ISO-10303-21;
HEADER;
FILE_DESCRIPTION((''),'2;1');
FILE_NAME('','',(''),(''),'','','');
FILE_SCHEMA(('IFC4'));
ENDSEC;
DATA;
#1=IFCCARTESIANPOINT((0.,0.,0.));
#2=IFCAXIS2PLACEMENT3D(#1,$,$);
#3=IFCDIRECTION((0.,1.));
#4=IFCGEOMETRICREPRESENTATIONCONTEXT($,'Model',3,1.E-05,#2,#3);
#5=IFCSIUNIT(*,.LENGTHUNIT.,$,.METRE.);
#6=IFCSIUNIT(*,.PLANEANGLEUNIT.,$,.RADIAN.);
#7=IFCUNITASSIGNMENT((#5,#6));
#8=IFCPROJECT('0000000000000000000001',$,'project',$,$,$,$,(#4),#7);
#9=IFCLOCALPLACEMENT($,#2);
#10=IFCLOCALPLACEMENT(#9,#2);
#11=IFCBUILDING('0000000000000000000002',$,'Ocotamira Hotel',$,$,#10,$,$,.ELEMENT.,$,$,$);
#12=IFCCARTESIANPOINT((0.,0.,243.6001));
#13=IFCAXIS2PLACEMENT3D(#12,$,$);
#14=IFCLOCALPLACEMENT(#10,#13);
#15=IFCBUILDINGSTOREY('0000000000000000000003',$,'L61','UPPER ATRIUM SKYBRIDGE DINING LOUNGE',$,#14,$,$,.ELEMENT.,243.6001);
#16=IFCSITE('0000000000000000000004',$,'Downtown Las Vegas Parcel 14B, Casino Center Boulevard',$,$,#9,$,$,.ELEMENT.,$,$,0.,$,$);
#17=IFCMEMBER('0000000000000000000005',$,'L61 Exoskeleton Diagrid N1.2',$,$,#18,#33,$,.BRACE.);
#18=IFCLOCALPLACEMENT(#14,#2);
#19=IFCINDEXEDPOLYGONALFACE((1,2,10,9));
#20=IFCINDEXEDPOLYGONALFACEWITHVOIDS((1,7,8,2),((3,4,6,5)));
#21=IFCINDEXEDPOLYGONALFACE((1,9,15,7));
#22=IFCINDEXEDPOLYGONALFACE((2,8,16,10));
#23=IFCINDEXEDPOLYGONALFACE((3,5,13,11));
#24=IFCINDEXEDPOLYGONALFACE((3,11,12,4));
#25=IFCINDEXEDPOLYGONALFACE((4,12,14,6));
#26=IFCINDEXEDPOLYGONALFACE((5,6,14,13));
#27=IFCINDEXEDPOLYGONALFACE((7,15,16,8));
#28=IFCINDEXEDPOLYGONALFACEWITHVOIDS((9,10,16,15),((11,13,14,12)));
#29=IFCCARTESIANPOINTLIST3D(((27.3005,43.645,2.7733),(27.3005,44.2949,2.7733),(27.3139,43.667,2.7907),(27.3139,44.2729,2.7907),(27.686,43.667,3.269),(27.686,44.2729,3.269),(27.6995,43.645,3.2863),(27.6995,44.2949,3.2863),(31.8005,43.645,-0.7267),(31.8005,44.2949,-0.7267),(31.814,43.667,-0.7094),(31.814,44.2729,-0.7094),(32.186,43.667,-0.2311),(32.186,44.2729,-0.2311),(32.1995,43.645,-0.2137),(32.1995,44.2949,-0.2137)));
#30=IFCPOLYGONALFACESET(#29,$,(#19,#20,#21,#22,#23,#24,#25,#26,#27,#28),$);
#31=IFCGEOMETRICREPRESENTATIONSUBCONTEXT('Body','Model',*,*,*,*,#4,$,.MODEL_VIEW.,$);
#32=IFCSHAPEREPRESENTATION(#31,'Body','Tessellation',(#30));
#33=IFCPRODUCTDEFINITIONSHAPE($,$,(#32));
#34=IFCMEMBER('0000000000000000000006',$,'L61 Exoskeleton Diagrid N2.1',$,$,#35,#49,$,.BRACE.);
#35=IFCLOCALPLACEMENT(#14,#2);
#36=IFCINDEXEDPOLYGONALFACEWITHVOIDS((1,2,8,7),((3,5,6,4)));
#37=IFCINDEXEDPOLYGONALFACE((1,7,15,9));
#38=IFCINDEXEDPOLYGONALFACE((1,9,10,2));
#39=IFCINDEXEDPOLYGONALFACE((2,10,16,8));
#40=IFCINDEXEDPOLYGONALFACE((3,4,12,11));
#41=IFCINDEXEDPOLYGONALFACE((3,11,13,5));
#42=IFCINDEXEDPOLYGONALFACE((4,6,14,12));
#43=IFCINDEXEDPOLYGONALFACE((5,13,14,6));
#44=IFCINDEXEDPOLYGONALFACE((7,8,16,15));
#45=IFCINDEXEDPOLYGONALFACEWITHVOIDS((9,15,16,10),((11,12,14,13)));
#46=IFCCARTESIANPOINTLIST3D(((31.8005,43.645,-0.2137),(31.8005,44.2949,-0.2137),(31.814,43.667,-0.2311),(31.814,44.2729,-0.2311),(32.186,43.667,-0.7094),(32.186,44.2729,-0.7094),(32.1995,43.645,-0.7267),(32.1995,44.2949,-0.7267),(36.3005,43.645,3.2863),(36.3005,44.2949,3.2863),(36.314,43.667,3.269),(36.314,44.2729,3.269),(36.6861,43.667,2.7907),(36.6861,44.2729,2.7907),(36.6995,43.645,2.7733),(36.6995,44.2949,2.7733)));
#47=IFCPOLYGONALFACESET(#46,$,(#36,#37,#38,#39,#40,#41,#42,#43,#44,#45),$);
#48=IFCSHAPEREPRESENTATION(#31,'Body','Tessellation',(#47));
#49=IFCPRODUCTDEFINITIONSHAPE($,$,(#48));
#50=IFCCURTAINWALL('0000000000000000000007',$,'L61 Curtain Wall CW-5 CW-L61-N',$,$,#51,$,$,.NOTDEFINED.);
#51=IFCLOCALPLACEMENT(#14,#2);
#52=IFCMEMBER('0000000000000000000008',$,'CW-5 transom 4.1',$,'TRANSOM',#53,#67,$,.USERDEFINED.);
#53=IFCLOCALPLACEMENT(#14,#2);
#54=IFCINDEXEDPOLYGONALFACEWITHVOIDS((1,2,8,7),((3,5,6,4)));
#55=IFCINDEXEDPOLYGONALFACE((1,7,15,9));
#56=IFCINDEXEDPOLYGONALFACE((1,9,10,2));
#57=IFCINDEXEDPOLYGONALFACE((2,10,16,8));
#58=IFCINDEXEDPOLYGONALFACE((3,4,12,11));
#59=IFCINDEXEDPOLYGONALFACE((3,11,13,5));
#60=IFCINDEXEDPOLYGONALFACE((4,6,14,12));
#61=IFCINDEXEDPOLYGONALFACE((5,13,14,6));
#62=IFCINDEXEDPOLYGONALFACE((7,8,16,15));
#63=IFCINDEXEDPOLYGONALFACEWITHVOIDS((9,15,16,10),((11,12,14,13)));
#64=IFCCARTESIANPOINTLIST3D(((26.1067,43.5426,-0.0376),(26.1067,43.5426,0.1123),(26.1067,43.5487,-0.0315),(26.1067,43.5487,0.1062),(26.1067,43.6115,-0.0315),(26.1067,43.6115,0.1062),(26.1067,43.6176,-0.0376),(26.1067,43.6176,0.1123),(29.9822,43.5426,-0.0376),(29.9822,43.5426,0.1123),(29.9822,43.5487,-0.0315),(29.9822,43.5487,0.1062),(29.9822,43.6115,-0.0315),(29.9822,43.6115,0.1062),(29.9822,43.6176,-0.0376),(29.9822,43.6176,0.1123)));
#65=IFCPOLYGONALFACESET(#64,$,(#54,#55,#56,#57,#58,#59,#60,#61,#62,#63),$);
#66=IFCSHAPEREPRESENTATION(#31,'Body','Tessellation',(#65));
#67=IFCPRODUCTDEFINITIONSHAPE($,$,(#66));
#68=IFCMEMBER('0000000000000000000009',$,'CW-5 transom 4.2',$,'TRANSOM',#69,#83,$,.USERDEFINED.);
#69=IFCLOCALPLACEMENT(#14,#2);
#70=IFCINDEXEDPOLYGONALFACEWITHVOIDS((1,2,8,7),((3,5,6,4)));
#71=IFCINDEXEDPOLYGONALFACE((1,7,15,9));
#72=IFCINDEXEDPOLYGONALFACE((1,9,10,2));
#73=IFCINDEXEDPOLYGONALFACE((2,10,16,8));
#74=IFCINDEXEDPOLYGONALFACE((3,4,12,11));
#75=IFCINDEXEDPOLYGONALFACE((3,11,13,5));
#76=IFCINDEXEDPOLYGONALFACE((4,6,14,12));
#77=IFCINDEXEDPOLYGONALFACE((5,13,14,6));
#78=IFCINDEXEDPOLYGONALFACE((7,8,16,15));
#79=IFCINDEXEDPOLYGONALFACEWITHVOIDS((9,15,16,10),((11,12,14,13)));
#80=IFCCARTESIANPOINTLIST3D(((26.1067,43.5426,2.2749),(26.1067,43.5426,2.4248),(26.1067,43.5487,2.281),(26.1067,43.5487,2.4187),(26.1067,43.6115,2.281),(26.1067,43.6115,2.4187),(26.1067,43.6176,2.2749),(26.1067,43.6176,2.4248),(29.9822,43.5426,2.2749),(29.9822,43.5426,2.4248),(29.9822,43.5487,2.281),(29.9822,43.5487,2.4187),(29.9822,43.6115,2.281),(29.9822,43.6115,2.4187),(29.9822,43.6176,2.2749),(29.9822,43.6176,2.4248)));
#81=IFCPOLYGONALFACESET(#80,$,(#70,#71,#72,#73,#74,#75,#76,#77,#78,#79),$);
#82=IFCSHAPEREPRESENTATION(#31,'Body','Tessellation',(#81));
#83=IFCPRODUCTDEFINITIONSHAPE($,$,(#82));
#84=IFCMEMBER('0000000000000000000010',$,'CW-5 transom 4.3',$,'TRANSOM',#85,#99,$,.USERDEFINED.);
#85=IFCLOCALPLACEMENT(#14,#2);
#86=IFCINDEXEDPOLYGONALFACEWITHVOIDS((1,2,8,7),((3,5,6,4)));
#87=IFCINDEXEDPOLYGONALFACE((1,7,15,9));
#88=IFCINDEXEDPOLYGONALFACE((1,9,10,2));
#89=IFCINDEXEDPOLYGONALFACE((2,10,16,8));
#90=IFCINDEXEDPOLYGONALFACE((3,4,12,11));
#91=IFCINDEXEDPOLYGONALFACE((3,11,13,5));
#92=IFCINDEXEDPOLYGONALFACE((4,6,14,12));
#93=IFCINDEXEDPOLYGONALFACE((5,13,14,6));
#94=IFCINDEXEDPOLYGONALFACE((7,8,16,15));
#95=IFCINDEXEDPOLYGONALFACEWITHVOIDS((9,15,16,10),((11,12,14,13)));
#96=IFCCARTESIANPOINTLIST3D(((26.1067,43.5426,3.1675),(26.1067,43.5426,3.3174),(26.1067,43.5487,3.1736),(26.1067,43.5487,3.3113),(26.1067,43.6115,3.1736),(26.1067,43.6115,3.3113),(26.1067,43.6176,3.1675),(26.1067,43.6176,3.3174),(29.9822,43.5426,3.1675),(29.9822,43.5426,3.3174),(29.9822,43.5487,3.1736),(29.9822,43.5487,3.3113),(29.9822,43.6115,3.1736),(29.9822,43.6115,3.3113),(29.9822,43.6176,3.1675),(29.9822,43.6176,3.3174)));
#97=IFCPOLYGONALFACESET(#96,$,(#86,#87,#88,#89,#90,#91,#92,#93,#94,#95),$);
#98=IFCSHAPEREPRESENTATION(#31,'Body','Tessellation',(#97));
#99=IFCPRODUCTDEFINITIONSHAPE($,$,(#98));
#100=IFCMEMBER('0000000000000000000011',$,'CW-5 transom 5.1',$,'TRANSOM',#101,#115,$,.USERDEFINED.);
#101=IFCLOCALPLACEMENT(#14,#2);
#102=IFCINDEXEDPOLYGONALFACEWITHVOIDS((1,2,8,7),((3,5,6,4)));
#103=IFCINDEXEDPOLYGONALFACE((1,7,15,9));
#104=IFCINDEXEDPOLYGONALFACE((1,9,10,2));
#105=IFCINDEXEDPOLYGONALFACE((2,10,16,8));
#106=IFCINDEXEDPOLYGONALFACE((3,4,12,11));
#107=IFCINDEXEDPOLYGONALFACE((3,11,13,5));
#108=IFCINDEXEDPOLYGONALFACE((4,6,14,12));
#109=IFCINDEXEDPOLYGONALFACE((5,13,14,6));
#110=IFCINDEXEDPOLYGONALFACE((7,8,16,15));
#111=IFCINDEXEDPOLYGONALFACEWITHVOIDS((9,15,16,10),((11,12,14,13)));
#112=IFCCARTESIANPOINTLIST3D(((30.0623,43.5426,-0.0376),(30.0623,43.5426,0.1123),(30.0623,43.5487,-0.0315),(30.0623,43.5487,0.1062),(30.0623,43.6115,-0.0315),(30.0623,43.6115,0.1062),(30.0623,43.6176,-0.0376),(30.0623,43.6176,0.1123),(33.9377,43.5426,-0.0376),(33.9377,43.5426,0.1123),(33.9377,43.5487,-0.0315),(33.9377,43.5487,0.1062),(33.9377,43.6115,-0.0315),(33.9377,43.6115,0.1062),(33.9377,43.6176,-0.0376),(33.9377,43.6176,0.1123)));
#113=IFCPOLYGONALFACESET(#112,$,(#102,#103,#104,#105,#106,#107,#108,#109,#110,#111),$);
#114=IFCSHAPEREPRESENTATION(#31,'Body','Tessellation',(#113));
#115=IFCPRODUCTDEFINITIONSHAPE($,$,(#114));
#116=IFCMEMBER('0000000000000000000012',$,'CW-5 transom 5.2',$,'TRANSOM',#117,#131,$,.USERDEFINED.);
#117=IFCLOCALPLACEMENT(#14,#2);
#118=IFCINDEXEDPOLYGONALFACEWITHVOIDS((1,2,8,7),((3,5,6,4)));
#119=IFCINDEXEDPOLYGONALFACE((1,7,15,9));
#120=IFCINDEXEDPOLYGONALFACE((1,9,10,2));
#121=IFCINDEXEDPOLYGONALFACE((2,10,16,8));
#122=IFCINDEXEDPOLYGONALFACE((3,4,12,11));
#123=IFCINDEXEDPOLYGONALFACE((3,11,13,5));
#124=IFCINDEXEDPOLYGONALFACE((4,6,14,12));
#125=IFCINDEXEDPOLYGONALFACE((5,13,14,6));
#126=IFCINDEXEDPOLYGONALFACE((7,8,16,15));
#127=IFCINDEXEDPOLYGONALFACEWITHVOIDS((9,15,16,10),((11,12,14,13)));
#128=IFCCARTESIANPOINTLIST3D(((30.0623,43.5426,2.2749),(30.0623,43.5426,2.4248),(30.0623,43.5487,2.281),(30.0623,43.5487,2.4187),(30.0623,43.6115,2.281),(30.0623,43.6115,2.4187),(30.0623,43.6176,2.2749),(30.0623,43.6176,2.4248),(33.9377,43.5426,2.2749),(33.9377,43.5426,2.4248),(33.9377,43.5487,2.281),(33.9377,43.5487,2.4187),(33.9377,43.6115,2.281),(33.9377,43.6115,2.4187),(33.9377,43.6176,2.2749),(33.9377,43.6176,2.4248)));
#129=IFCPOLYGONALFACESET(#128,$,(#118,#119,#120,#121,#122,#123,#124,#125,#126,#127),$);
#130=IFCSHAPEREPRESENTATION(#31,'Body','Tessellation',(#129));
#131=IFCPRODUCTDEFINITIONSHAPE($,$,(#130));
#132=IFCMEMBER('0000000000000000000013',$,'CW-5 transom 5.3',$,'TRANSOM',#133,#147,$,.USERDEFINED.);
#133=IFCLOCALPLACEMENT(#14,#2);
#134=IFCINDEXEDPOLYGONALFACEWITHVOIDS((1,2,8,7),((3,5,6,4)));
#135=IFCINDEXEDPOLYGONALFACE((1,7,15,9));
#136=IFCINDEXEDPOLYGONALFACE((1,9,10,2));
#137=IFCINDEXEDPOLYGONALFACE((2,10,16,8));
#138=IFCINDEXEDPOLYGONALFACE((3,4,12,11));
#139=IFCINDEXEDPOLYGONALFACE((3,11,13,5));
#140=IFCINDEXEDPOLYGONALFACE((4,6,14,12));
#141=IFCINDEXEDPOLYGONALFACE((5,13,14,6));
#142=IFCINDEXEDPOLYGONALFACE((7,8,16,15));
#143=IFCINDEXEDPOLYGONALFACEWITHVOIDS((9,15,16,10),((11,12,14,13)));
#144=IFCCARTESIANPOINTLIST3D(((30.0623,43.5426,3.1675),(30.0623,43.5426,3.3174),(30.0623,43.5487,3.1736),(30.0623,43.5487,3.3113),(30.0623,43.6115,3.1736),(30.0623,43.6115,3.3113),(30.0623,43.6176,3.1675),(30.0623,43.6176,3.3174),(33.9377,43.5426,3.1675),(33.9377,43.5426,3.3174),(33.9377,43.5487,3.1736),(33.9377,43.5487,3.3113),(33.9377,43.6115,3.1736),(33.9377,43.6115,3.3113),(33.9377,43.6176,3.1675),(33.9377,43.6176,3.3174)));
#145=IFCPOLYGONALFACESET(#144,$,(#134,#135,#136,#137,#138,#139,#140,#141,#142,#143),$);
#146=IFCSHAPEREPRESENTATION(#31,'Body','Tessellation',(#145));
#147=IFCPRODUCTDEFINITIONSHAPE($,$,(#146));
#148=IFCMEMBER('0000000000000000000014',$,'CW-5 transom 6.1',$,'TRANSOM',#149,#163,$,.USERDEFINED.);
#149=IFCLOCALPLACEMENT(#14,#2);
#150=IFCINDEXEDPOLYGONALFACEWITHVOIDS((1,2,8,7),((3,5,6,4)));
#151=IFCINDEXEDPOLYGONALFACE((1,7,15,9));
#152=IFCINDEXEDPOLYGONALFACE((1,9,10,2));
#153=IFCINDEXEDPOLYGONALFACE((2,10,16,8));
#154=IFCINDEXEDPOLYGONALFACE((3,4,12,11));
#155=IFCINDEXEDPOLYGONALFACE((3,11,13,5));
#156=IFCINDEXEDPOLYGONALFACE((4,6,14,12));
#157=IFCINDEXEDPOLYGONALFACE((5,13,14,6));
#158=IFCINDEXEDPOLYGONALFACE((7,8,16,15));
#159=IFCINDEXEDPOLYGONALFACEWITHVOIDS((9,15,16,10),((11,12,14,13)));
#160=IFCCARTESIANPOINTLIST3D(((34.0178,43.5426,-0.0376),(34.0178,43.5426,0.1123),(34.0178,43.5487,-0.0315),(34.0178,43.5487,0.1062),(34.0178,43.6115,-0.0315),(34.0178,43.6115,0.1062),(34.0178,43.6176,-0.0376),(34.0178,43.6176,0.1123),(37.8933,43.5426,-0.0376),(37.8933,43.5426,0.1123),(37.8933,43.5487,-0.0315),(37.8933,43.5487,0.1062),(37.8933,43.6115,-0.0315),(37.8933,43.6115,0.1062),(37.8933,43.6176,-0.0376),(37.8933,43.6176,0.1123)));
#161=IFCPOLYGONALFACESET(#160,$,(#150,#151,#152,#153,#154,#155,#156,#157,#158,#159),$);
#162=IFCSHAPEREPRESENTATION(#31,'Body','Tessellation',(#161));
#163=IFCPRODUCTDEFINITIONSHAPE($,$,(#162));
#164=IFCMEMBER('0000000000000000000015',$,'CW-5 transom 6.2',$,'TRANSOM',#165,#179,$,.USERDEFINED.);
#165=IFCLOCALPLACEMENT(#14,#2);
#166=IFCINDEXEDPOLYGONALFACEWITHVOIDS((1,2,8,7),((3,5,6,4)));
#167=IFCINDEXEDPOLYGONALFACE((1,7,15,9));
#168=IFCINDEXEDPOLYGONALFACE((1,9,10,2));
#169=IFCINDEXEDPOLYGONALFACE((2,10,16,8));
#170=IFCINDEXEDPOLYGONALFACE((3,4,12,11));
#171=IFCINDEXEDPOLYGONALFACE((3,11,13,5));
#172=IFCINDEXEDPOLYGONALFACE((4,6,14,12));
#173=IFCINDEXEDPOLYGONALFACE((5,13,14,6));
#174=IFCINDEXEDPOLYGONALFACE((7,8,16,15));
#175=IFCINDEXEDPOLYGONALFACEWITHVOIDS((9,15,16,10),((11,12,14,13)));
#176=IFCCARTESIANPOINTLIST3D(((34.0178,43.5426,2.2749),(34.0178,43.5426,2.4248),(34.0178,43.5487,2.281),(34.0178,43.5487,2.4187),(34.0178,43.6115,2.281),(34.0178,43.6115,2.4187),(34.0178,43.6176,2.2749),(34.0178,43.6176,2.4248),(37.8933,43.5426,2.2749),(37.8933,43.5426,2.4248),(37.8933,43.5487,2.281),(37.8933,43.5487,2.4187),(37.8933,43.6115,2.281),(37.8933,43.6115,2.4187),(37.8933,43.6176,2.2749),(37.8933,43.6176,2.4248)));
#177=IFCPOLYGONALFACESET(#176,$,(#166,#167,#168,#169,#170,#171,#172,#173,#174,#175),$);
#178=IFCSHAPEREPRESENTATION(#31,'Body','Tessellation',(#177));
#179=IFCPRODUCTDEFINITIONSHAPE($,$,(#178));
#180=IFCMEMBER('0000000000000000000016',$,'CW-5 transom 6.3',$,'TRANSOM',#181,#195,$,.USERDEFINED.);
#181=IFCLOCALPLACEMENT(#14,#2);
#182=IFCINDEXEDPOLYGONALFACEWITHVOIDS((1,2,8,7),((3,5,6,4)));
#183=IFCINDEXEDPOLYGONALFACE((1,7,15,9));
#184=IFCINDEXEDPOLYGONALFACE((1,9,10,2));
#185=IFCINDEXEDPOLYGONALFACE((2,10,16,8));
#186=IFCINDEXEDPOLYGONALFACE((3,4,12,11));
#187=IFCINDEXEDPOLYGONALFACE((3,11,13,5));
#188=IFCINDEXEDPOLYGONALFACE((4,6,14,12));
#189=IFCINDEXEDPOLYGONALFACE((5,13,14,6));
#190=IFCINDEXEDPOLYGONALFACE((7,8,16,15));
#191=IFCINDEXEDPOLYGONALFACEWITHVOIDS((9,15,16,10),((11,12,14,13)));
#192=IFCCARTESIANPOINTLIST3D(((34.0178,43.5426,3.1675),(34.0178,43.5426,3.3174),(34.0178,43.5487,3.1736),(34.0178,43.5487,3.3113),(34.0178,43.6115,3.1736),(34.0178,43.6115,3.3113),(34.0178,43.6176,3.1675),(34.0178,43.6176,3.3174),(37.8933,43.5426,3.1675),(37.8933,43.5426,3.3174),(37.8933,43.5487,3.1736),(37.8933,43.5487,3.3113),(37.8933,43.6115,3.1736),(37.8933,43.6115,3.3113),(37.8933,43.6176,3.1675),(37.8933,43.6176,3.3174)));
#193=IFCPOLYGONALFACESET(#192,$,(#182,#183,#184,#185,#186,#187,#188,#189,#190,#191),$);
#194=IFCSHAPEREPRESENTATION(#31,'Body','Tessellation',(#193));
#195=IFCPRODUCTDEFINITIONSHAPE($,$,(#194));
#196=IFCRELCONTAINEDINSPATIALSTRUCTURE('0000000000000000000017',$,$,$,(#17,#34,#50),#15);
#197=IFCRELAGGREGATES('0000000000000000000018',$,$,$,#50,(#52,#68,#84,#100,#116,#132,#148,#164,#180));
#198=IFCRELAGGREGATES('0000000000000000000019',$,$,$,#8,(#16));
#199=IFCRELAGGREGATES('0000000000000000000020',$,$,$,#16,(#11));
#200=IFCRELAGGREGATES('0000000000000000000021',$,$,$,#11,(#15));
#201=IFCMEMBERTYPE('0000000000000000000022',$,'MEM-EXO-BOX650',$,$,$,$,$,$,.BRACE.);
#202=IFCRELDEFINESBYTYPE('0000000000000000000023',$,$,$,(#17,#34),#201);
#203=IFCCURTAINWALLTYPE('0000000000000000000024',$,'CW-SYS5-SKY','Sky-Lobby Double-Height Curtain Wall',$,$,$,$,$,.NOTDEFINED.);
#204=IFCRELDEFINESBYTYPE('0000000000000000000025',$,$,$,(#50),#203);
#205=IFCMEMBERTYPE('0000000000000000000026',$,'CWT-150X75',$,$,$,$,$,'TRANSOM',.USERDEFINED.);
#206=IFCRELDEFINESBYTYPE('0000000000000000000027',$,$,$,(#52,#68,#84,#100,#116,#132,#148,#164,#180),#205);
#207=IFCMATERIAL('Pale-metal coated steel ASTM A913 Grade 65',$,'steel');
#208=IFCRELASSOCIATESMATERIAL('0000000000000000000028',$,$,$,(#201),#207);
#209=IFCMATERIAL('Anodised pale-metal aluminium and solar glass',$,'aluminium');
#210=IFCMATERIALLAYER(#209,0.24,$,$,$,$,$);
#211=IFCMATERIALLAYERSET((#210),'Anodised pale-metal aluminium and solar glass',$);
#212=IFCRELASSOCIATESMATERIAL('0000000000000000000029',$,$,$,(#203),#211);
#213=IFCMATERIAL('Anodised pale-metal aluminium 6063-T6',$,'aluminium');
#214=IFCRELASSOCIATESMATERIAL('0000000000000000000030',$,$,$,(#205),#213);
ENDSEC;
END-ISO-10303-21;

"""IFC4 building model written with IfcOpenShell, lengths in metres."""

from ifc_helpers import new_model, si_unit, direction, frame, origin, origin_2d, place, context, subcontext, project, spatial, hollow_rectangle, extrude, source, transform, mapped, material, layer, layer_set, material_profile, profile_set, type_object, element, aggregate, save


model = new_model("IFC4")

# Units and contexts
model_context = context("Model", 3, precision=1e-05, world=origin(), true_north=direction((0.0, 1.0)))
body_context = subcontext(model_context, "Body", "Model", "MODEL_VIEW")
ifc_project = project(units=[si_unit("LENGTHUNIT", "METRE"), si_unit("PLANEANGLEUNIT", "RADIAN")], contexts=[model_context])

# Site, building, storey
site_placement = place(None, origin())
site = spatial("IfcSite", under=ifc_project, at=site_placement, Name="Downtown Las Vegas Parcel 14B, Casino Center Boulevard", CompositionType="ELEMENT", RefElevation=0.0)
building_placement = place(site_placement, origin())
building = spatial("IfcBuilding", under=site, at=building_placement, Name="Ocotamira Hotel", CompositionType="ELEMENT")
storey_placement = place(building_placement, frame((0.0, 0.0, 243.6001)))
storey = spatial("IfcBuildingStorey", under=building, at=storey_placement, Name="L61", Description="UPPER ATRIUM SKYBRIDGE DINING LOUNGE", CompositionType="ELEMENT", Elevation=243.6001)

# Members
ifc_material_1 = material(Name="Pale-metal coated steel ASTM A913 Grade 65", Category="steel")
ifc_material_profile_1 = material_profile(ifc_material_1, hollow_rectangle(XDim=0.6499, YDim=0.6499, WallThickness=0.022, at=origin_2d()), Name="BOX650X650X22")
ifc_profile_set_1 = profile_set([ifc_material_profile_1], Name="Pale-metal coated steel ASTM A913 Grade 65")
member_type_1 = type_object("IfcMemberType", Name="MEM-EXO-BOX650", PredefinedType="BRACE", material=ifc_profile_set_1)
shared_shape_1 = source(origin(), body_context, "Body", "SweptSolid", [
    extrude(hollow_rectangle(XDim=0.6499, YDim=0.6499, WallThickness=0.022, at=origin_2d()), origin(), (0.0, 0.0, 1.0), 5.7009),
])
for number, where, z_axis, x_axis, name in (
    (1, (32.0, 43.97, -0.4702), (-0.789352, 0.0, 0.613941), (0.0, -1.0, 0.0), "L61 Exoskeleton Diagrid N1.2"),
    (2, (32.0, 43.97, -0.4702), (0.789352, 0.0, 0.613941), (0.0, 1.0, 0.0), "L61 Exoskeleton Diagrid N2.1"),
):
    element("IfcMember", number, at=place(storey_placement, frame(where, z_axis=z_axis, x_axis=x_axis)), inside=storey, type_object=member_type_1, Name=name, PredefinedType="BRACE", context=body_context, shape_type="MappedRepresentation", body=[
        mapped(shared_shape_1, transform((0.0, 0.0, 0.0), scale=1.0)),
    ])

# Curtain wall, members
ifc_material_2 = material(Name="Anodised pale-metal aluminium and solar glass", Category="aluminium")
ifc_layer_1 = layer(ifc_material_2, 0.24)
ifc_layer_set_1 = layer_set([ifc_layer_1], Name="Anodised pale-metal aluminium and solar glass")
curtain_wall_type = type_object("IfcCurtainWallType", Name="CW-SYS5-SKY", Description="Sky-Lobby Double-Height Curtain Wall", PredefinedType="NOTDEFINED", material=ifc_layer_set_1)
curtain_wall_placement = place(storey_placement, origin())
curtain_wall = element("IfcCurtainWall", 3, at=curtain_wall_placement, inside=storey, type_object=curtain_wall_type, Name="L61 Curtain Wall CW-5 CW-L61-N", PredefinedType="NOTDEFINED")
ifc_material_3 = material(Name="Anodised pale-metal aluminium 6063-T6", Category="aluminium")
ifc_material_profile_2 = material_profile(ifc_material_3, hollow_rectangle(XDim=0.075, YDim=0.1499, WallThickness=0.0061, at=origin_2d()), Name="HSS150X75X6")
ifc_profile_set_2 = profile_set([ifc_material_profile_2], Name="Anodised pale-metal aluminium 6063-T6")
member_type_2 = type_object("IfcMemberType", Name="CWT-150X75", ElementType="TRANSOM", PredefinedType="USERDEFINED", material=ifc_profile_set_2)
shared_shape_2 = source(origin(), body_context, "Body", "SweptSolid", [
    extrude(hollow_rectangle(XDim=0.075, YDim=0.1499, WallThickness=0.0061, at=origin_2d()), origin(), (0.0, 0.0, 1.0), 3.8755),
])
member_1_placement = place(storey_placement, frame((26.1067, 43.5801, 0.0374), z_axis=(1.0, 0.0, 0.0), x_axis=(0.0, 1.0, 0.0)))
member_1 = element("IfcMember", 4, at=member_1_placement, type_object=member_type_2, Name="CW-5 transom 4.1", ObjectType="TRANSOM", PredefinedType="USERDEFINED", context=body_context, shape_type="MappedRepresentation", body=[
    mapped(shared_shape_2, transform((0.0, 0.0, 0.0), scale=1.0)),
])
member_2_placement = place(storey_placement, frame((26.1067, 43.5801, 2.3499), z_axis=(1.0, 0.0, 0.0), x_axis=(0.0, 1.0, 0.0)))
member_2 = element("IfcMember", 5, at=member_2_placement, type_object=member_type_2, Name="CW-5 transom 4.2", ObjectType="TRANSOM", PredefinedType="USERDEFINED", context=body_context, shape_type="MappedRepresentation", body=[
    mapped(shared_shape_2, transform((0.0, 0.0, 0.0), scale=1.0)),
])
member_3_placement = place(storey_placement, frame((26.1067, 43.5801, 3.2424), z_axis=(1.0, 0.0, 0.0), x_axis=(0.0, 1.0, 0.0)))
member_3 = element("IfcMember", 6, at=member_3_placement, type_object=member_type_2, Name="CW-5 transom 4.3", ObjectType="TRANSOM", PredefinedType="USERDEFINED", context=body_context, shape_type="MappedRepresentation", body=[
    mapped(shared_shape_2, transform((0.0, 0.0, 0.0), scale=1.0)),
])
member_4_placement = place(storey_placement, frame((30.0623, 43.5801, 0.0374), z_axis=(1.0, 0.0, 0.0), x_axis=(0.0, 1.0, 0.0)))
member_4 = element("IfcMember", 7, at=member_4_placement, type_object=member_type_2, Name="CW-5 transom 5.1", ObjectType="TRANSOM", PredefinedType="USERDEFINED", context=body_context, shape_type="MappedRepresentation", body=[
    mapped(shared_shape_2, transform((0.0, 0.0, 0.0), scale=1.0)),
])
member_5_placement = place(storey_placement, frame((30.0623, 43.5801, 2.3499), z_axis=(1.0, 0.0, 0.0), x_axis=(0.0, 1.0, 0.0)))
member_5 = element("IfcMember", 8, at=member_5_placement, type_object=member_type_2, Name="CW-5 transom 5.2", ObjectType="TRANSOM", PredefinedType="USERDEFINED", context=body_context, shape_type="MappedRepresentation", body=[
    mapped(shared_shape_2, transform((0.0, 0.0, 0.0), scale=1.0)),
])
member_6_placement = place(storey_placement, frame((30.0623, 43.5801, 3.2424), z_axis=(1.0, 0.0, 0.0), x_axis=(0.0, 1.0, 0.0)))
member_6 = element("IfcMember", 9, at=member_6_placement, type_object=member_type_2, Name="CW-5 transom 5.3", ObjectType="TRANSOM", PredefinedType="USERDEFINED", context=body_context, shape_type="MappedRepresentation", body=[
    mapped(shared_shape_2, transform((0.0, 0.0, 0.0), scale=1.0)),
])
member_7_placement = place(storey_placement, frame((34.0178, 43.5801, 0.0374), z_axis=(1.0, 0.0, 0.0), x_axis=(0.0, 1.0, 0.0)))
member_7 = element("IfcMember", 10, at=member_7_placement, type_object=member_type_2, Name="CW-5 transom 6.1", ObjectType="TRANSOM", PredefinedType="USERDEFINED", context=body_context, shape_type="MappedRepresentation", body=[
    mapped(shared_shape_2, transform((0.0, 0.0, 0.0), scale=1.0)),
])
member_8_placement = place(storey_placement, frame((34.0178, 43.5801, 2.3499), z_axis=(1.0, 0.0, 0.0), x_axis=(0.0, 1.0, 0.0)))
member_8 = element("IfcMember", 11, at=member_8_placement, type_object=member_type_2, Name="CW-5 transom 6.2", ObjectType="TRANSOM", PredefinedType="USERDEFINED", context=body_context, shape_type="MappedRepresentation", body=[
    mapped(shared_shape_2, transform((0.0, 0.0, 0.0), scale=1.0)),
])
member_9_placement = place(storey_placement, frame((34.0178, 43.5801, 3.2424), z_axis=(1.0, 0.0, 0.0), x_axis=(0.0, 1.0, 0.0)))
member_9 = element("IfcMember", 12, at=member_9_placement, type_object=member_type_2, Name="CW-5 transom 6.3", ObjectType="TRANSOM", PredefinedType="USERDEFINED", context=body_context, shape_type="MappedRepresentation", body=[
    mapped(shared_shape_2, transform((0.0, 0.0, 0.0), scale=1.0)),
])

aggregate(curtain_wall, [member_1, member_2, member_3, member_4, member_5, member_6, member_7, member_8, member_9])

save(model, "model.ifc")
